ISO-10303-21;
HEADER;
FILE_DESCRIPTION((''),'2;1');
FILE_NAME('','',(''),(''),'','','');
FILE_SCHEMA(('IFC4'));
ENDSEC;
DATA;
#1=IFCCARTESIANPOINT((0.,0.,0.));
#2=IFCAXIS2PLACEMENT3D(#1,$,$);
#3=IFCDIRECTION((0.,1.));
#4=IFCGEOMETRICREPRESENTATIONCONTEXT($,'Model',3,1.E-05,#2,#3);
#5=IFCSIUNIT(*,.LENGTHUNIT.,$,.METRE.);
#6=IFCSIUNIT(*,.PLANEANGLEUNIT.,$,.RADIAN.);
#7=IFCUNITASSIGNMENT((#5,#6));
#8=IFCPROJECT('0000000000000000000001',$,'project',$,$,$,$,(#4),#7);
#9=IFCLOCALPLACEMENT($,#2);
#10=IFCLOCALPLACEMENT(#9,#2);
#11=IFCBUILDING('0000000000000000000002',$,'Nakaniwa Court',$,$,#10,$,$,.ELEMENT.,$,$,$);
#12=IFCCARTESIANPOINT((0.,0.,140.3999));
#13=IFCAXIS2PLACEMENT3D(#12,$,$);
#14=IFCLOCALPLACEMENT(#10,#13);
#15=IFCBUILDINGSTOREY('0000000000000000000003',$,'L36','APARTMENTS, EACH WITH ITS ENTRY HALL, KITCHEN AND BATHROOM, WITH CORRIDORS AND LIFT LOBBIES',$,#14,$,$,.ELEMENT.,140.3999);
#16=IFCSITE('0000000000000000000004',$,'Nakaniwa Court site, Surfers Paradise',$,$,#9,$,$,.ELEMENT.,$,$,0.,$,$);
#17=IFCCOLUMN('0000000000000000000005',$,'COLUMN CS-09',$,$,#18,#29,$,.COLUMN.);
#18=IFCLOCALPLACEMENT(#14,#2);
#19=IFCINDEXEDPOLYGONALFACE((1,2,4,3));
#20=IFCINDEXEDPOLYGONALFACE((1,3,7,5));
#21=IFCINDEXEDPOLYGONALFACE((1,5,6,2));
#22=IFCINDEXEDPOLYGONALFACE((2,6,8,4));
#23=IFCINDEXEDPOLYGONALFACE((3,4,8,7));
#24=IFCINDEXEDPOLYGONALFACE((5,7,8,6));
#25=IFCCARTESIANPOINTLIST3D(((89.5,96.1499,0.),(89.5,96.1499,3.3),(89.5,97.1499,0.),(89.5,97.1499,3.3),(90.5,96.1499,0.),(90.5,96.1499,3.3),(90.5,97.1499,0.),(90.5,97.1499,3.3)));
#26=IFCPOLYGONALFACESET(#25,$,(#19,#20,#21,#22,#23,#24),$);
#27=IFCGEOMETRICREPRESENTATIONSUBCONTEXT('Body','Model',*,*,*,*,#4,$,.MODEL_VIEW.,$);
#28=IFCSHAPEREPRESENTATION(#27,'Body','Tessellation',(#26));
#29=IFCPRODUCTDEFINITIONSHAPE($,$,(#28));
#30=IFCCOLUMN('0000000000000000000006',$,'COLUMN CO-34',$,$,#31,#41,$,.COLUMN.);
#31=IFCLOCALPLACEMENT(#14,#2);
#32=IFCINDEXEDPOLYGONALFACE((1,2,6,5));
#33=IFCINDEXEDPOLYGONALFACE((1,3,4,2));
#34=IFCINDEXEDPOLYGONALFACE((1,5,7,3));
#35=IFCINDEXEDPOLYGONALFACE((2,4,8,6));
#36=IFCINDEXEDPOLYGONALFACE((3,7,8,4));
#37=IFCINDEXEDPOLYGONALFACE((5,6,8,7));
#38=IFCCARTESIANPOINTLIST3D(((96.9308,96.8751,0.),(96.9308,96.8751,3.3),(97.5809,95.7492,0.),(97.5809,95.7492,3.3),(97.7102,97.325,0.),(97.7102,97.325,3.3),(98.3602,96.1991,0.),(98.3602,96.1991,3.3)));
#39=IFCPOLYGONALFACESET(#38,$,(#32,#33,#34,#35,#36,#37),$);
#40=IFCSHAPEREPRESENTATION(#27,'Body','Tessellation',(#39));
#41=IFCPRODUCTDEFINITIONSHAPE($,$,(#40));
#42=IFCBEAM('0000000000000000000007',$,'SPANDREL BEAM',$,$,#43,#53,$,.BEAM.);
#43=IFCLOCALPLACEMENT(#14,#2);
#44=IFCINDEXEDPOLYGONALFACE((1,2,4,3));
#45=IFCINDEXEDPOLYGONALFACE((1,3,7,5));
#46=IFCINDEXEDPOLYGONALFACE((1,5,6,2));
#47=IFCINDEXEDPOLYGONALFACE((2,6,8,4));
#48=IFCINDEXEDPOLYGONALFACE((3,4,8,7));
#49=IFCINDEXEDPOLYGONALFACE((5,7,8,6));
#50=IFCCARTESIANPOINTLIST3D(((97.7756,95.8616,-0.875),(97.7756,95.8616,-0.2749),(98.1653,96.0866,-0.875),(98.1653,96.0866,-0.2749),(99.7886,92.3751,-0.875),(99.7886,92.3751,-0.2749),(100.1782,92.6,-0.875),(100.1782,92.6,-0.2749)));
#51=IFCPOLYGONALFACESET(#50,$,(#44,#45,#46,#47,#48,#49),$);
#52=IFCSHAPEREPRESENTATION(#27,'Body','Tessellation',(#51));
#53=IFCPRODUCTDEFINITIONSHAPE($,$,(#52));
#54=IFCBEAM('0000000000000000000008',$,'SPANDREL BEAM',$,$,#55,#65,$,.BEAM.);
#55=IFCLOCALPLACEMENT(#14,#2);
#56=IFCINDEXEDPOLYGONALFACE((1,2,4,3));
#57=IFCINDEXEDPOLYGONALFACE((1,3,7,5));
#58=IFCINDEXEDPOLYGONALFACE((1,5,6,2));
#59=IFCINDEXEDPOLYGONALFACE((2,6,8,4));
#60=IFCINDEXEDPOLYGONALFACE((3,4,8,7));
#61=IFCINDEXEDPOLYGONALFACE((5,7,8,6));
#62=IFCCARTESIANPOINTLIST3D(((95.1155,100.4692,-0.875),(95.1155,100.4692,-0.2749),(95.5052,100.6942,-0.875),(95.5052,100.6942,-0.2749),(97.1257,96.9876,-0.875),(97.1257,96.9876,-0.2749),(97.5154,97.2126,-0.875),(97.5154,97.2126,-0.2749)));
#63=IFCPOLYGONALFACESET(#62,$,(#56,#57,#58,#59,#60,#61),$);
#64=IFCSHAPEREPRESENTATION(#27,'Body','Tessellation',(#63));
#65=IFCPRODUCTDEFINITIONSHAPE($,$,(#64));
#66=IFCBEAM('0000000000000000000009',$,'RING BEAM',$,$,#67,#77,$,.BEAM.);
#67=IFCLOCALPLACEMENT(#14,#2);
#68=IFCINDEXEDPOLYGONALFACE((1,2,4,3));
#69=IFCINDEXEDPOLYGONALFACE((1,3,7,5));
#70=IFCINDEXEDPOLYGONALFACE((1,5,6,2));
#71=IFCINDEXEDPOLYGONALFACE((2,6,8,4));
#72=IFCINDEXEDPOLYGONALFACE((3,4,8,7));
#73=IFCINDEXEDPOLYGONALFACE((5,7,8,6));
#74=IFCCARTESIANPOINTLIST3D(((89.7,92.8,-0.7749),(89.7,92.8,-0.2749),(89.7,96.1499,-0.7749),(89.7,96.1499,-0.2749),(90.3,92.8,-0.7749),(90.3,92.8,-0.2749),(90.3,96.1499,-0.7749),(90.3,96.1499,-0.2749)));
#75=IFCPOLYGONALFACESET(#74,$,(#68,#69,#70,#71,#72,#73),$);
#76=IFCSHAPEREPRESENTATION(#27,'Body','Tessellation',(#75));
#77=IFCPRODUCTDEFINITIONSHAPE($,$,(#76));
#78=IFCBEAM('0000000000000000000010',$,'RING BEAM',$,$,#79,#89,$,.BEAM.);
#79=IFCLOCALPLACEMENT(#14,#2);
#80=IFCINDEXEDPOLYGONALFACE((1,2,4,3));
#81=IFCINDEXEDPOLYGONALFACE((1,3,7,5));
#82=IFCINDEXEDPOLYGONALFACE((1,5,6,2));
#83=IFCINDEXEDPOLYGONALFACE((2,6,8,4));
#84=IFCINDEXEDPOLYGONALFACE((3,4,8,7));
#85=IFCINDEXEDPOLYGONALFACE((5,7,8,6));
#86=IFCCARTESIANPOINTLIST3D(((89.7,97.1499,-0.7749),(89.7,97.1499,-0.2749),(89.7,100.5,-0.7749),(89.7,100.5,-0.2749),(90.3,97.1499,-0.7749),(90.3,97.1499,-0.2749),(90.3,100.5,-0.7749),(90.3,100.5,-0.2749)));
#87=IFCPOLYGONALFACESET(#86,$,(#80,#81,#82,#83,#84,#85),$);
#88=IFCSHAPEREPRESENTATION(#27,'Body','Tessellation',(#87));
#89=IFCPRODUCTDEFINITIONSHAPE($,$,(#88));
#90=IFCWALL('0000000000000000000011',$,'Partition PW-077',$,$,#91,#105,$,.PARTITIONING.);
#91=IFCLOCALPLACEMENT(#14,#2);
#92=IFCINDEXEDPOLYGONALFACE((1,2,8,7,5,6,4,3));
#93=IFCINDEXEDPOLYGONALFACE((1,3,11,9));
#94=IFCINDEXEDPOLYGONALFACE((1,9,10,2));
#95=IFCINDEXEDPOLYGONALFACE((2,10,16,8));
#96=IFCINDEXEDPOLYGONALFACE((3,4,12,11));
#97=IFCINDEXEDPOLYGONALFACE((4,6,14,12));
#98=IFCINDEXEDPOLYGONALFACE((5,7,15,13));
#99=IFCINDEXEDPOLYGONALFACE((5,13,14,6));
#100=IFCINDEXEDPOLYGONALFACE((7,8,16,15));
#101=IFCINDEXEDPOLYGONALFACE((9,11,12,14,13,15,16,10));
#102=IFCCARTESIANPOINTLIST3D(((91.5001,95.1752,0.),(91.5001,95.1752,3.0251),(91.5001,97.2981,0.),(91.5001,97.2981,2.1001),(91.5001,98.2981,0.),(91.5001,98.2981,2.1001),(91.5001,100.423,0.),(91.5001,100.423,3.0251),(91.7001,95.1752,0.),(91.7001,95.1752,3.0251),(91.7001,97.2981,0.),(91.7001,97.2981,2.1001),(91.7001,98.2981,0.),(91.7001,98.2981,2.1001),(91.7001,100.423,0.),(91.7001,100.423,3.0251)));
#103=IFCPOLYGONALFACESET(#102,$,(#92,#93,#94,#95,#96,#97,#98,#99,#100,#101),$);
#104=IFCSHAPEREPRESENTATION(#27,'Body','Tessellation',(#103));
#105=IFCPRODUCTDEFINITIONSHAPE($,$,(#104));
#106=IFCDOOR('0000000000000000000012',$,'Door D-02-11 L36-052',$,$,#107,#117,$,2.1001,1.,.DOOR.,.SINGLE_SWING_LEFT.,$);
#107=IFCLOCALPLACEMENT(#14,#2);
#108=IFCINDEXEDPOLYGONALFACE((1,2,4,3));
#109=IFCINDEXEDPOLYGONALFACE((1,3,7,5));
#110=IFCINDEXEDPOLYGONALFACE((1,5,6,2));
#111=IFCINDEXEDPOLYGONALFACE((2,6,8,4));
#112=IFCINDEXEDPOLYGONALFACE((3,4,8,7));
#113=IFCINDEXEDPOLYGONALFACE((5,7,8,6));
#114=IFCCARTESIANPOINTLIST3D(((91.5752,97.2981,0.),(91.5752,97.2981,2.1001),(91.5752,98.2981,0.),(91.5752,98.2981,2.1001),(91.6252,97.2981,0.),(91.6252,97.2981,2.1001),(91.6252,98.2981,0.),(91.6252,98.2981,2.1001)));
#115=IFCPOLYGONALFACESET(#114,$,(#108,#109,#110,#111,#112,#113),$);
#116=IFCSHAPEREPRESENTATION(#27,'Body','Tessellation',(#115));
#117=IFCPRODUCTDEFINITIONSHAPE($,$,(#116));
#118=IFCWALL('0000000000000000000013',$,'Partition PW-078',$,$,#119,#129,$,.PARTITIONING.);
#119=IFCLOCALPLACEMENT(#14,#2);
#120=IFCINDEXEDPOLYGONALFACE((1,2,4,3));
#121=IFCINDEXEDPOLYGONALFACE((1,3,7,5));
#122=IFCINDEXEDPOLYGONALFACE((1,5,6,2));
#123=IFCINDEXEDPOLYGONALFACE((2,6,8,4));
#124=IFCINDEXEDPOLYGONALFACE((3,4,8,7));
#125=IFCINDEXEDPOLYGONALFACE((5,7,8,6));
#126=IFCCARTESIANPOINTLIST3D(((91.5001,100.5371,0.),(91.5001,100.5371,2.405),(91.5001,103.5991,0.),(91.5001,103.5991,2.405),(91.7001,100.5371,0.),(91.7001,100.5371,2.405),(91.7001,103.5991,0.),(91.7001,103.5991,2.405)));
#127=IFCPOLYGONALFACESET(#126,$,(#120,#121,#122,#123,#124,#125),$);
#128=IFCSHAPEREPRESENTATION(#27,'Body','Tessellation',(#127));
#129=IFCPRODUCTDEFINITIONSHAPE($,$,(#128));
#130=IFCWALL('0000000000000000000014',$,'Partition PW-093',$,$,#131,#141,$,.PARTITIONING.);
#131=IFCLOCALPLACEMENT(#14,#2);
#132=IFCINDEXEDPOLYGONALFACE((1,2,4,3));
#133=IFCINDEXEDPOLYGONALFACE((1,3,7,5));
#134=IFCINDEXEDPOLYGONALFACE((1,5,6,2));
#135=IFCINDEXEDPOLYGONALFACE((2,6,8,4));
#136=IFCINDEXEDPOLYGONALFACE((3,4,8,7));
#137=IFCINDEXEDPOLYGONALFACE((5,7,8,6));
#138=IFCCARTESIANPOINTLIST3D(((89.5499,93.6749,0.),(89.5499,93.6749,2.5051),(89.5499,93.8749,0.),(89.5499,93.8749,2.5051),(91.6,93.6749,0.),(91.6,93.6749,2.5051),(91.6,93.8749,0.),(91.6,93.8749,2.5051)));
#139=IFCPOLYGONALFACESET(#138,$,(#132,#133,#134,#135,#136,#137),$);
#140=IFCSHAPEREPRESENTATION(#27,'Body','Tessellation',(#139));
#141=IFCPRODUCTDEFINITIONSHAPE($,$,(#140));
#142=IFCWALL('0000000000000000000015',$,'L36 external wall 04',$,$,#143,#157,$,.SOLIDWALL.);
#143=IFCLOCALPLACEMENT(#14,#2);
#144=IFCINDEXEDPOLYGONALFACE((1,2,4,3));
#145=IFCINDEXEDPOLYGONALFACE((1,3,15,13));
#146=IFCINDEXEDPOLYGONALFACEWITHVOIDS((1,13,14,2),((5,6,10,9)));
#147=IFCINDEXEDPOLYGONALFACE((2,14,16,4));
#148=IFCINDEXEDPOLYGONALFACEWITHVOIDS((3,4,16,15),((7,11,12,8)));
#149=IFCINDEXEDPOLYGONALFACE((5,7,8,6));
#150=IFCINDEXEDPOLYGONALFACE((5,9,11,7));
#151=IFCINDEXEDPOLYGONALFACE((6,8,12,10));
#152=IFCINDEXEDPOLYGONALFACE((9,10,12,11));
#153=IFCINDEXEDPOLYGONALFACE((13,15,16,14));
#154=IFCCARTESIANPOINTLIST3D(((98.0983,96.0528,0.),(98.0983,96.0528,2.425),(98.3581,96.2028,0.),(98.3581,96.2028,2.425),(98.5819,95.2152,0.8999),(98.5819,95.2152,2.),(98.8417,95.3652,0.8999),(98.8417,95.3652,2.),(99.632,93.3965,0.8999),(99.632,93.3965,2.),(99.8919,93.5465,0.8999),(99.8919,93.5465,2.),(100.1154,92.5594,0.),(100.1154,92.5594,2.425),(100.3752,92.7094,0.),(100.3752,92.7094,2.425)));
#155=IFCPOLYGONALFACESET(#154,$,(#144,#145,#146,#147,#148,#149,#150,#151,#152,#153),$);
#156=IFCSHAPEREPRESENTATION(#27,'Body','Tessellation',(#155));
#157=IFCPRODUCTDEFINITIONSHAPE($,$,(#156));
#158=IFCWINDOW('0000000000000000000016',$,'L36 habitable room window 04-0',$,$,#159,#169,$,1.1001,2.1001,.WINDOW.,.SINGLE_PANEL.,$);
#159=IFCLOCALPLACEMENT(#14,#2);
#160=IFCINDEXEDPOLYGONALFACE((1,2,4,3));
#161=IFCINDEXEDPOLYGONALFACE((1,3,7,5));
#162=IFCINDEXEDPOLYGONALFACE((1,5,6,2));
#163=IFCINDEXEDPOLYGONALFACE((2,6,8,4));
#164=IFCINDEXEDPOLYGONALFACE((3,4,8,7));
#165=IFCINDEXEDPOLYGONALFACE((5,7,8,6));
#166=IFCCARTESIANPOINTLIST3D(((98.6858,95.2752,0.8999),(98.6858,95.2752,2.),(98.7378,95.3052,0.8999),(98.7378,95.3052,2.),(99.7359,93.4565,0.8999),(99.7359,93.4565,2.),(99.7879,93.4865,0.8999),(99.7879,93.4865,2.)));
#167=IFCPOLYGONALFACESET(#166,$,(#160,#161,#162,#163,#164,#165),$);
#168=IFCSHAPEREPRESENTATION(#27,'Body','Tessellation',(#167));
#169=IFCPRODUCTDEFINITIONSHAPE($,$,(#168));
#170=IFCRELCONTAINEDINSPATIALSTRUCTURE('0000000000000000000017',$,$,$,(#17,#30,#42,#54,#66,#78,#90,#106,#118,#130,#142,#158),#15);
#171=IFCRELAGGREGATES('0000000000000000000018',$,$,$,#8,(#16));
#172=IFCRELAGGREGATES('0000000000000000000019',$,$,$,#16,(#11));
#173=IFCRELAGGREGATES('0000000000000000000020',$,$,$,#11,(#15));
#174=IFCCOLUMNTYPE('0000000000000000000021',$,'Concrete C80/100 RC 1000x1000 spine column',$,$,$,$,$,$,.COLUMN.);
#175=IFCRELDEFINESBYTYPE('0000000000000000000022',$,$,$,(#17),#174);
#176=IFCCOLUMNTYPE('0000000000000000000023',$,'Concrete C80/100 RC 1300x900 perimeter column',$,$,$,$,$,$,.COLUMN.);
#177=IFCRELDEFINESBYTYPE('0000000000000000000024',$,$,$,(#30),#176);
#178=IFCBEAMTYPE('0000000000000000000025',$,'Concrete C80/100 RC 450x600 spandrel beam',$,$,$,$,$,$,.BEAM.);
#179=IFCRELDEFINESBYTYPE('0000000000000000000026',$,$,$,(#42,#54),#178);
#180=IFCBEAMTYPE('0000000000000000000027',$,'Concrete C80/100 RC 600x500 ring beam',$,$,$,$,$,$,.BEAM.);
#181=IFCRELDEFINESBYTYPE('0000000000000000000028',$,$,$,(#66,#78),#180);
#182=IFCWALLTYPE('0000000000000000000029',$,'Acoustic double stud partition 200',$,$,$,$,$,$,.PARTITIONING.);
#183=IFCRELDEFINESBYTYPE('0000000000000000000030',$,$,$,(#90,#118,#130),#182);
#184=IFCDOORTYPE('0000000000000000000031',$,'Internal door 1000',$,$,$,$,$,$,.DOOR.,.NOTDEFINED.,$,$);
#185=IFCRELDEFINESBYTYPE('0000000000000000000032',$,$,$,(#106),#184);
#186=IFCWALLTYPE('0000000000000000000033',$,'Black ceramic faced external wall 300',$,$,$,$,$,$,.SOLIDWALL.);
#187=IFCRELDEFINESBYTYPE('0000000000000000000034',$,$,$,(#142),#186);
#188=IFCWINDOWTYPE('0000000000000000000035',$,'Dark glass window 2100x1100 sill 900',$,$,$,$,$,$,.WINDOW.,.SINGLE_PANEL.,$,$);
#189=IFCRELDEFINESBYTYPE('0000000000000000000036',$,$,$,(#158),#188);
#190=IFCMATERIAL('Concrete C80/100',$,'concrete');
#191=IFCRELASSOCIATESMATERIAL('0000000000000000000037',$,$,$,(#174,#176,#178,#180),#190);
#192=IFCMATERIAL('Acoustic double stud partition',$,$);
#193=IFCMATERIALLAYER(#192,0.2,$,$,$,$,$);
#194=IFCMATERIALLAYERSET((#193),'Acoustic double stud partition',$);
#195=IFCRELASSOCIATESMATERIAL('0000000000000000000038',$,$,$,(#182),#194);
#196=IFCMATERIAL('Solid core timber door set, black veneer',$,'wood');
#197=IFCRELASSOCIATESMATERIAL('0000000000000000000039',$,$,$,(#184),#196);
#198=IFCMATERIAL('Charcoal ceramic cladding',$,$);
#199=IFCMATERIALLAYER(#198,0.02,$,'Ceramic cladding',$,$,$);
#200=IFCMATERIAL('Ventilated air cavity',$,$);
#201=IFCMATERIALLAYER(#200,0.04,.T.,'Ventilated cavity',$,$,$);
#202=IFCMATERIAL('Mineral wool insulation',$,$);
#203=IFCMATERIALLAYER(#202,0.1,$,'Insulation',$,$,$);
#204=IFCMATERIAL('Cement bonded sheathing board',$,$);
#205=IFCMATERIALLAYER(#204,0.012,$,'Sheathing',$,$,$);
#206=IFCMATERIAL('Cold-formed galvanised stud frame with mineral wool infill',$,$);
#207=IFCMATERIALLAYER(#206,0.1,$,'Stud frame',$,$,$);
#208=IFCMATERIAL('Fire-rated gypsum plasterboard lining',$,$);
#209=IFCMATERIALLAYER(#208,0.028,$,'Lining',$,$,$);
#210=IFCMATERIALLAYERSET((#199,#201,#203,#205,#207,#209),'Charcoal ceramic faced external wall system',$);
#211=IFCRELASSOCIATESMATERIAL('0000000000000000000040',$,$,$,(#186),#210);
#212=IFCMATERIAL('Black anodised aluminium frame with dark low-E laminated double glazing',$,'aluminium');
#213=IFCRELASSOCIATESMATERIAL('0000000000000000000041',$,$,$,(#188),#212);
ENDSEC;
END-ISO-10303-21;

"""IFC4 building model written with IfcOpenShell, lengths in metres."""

from ifc_helpers import new_model, si_unit, direction, frame, frame_2d, origin, origin_2d, place, context, subcontext, project, spatial, rectangle, extrude, material, layer, layer_set, material_profile, profile_set, type_object, element, fill, save


model = new_model("IFC4")

# Units and contexts
model_context = context("Model", 3, precision=1e-05, world=origin(), true_north=direction((0.0, 1.0)))
body_context = subcontext(model_context, "Body", "Model", "MODEL_VIEW")
ifc_project = project(units=[si_unit("LENGTHUNIT", "METRE"), si_unit("PLANEANGLEUNIT", "RADIAN")], contexts=[model_context])

# Site, building, storey
site_placement = place(None, origin())
site = spatial("IfcSite", under=ifc_project, at=site_placement, Name="Nakaniwa Court site, Surfers Paradise", CompositionType="ELEMENT", RefElevation=0.0)
building_placement = place(site_placement, origin())
building = spatial("IfcBuilding", under=site, at=building_placement, Name="Nakaniwa Court", CompositionType="ELEMENT")
storey_placement = place(building_placement, frame((0.0, 0.0, 140.3999)))
storey = spatial("IfcBuildingStorey", under=building, at=storey_placement, Name="L36", Description="APARTMENTS, EACH WITH ITS ENTRY HALL, KITCHEN AND BATHROOM, WITH CORRIDORS AND LIFT LOBBIES", CompositionType="ELEMENT", Elevation=140.3999)

# Columns
ifc_material_1 = material(Name="Concrete C80/100", Category="concrete")
ifc_material_profile_1 = material_profile(ifc_material_1, rectangle(XDim=1.0, YDim=1.0, at=origin_2d()), Name="Concrete C80/100 RC 1000x1000 spine column")
ifc_profile_set_1 = profile_set([ifc_material_profile_1], Name="Concrete C80/100")
column_type_1 = type_object("IfcColumnType", Name="Concrete C80/100 RC 1000x1000 spine column", PredefinedType="COLUMN", material=ifc_profile_set_1)
column_1_placement = place(storey_placement, frame((90.0, 96.6499, 0.0), z_axis=(0.0, 0.0, 1.0), x_axis=(0.0, 1.0, 0.0)))
element("IfcColumn", 1, at=column_1_placement, inside=storey, type_object=column_type_1, Name="COLUMN CS-09", PredefinedType="COLUMN", context=body_context, shape_type="SweptSolid", body=[
    extrude(rectangle(XDim=1.0, YDim=1.0, at=origin_2d()), origin(), (0.0, 0.0, 1.0), 3.3),
])
ifc_material_profile_2 = material_profile(ifc_material_1, rectangle(XDim=1.3, YDim=0.8999, at=origin_2d()), Name="Concrete C80/100 RC 1300x900 perimeter column")
ifc_profile_set_2 = profile_set([ifc_material_profile_2], Name="Concrete C80/100")
column_type_2 = type_object("IfcColumnType", Name="Concrete C80/100 RC 1300x900 perimeter column", PredefinedType="COLUMN", material=ifc_profile_set_2)
column_2_placement = place(storey_placement, frame((97.6455, 96.5371, 0.0), z_axis=(0.0, 0.0, 1.0), x_axis=(-0.5, 0.866025, 0.0)))
element("IfcColumn", 2, at=column_2_placement, inside=storey, type_object=column_type_2, Name="COLUMN CO-34", PredefinedType="COLUMN", context=body_context, shape_type="SweptSolid", body=[
    extrude(rectangle(XDim=1.3, YDim=0.8999, at=origin_2d()), origin(), (0.0, 0.0, 1.0), 3.3),
])

# Beams
ifc_material_profile_3 = material_profile(ifc_material_1, rectangle(XDim=0.45, YDim=0.6001, at=origin_2d()), Name="Concrete C80/100 RC 450x600 spandrel beam")
ifc_profile_set_3 = profile_set([ifc_material_profile_3], Name="Concrete C80/100")
beam_type_1 = type_object("IfcBeamType", Name="Concrete C80/100 RC 450x600 spandrel beam", PredefinedType="BEAM", material=ifc_profile_set_3)
beam_1_placement = place(storey_placement, frame((99.9834, 92.4875, -0.575), z_axis=(-0.499994, 0.866029, 0.0), x_axis=(-0.866029, -0.499994, 0.0)))
element("IfcBeam", 3, at=beam_1_placement, inside=storey, type_object=beam_type_1, Name="SPANDREL BEAM", PredefinedType="BEAM", context=body_context, shape_type="SweptSolid", body=[
    extrude(rectangle(XDim=0.45, YDim=0.6001, at=origin_2d()), origin(), (0.0, 0.0, 1.0), 4.0259),
])
beam_2_placement = place(storey_placement, frame((97.3206, 97.1001, -0.575), z_axis=(-0.500019, 0.866015, 0.0), x_axis=(-0.866015, -0.500019, 0.0)))
element("IfcBeam", 4, at=beam_2_placement, inside=storey, type_object=beam_type_1, Name="SPANDREL BEAM", PredefinedType="BEAM", context=body_context, shape_type="SweptSolid", body=[
    extrude(rectangle(XDim=0.45, YDim=0.6001, at=origin_2d()), origin(), (0.0, 0.0, 1.0), 4.0203),
])
ifc_material_profile_4 = material_profile(ifc_material_1, rectangle(XDim=0.6001, YDim=0.5, at=origin_2d()), Name="Concrete C80/100 RC 600x500 ring beam")
ifc_profile_set_4 = profile_set([ifc_material_profile_4], Name="Concrete C80/100")
beam_type_2 = type_object("IfcBeamType", Name="Concrete C80/100 RC 600x500 ring beam", PredefinedType="BEAM", material=ifc_profile_set_4)
beam_3_placement = place(storey_placement, frame((90.0, 92.8, -0.5249), z_axis=(0.0, 1.0, 0.0), x_axis=(-1.0, 0.0, 0.0)))
element("IfcBeam", 5, at=beam_3_placement, inside=storey, type_object=beam_type_2, Name="RING BEAM", PredefinedType="BEAM", context=body_context, shape_type="SweptSolid", body=[
    extrude(rectangle(XDim=0.6001, YDim=0.5, at=origin_2d()), origin(), (0.0, 0.0, 1.0), 3.3499),
])
beam_4_placement = place(storey_placement, frame((90.0, 97.1499, -0.5249), z_axis=(0.0, 1.0, 0.0), x_axis=(-1.0, 0.0, 0.0)))
element("IfcBeam", 6, at=beam_4_placement, inside=storey, type_object=beam_type_2, Name="RING BEAM", PredefinedType="BEAM", context=body_context, shape_type="SweptSolid", body=[
    extrude(rectangle(XDim=0.6001, YDim=0.5, at=origin_2d()), origin(), (0.0, 0.0, 1.0), 3.3501),
])

# Wall, opening, door
ifc_material_2 = material(Name="Acoustic double stud partition")
ifc_layer_1 = layer(ifc_material_2, 0.2)
ifc_layer_set_1 = layer_set([ifc_layer_1], Name="Acoustic double stud partition")
wall_type_1 = type_object("IfcWallType", Name="Acoustic double stud partition 200", PredefinedType="PARTITIONING", material=ifc_layer_set_1)
wall_1_placement = place(storey_placement, frame((91.6001, 95.175, 0.0), z_axis=(0.0, 0.0, 1.0), x_axis=(0.0, 1.0, 0.0)))
wall_1 = element("IfcWall", 7, at=wall_1_placement, inside=storey, type_object=wall_type_1, Name="Partition PW-077", PredefinedType="PARTITIONING", context=body_context, shape_type="SweptSolid", body=[
    extrude(rectangle(XDim=5.2478, YDim=0.2, at=frame_2d((2.624, 0.0))), origin(), (0.0, 0.0, 1.0), 3.0251),
])
opening_1_placement = place(wall_1_placement, frame((2.123, 0.0, 0.0)))
opening_1 = element("IfcOpeningElement", 8, at=opening_1_placement, cuts=wall_1, PredefinedType="OPENING", context=body_context, shape_type="SweptSolid", body=[
    extrude(rectangle(XDim=1.0, YDim=2.1001, at=frame_2d((0.5, 1.05))), frame((0.0, 0.1099, 0.0), z_axis=(0.0, -1.0, 0.0), x_axis=(1.0, 0.0, 0.0)), (0.0, 0.0, 1.0), 0.22),
])
ifc_material_3 = material(Name="Solid core timber door set, black veneer", Category="wood")
door_type = type_object("IfcDoorType", Name="Internal door 1000", OperationType="NOTDEFINED", PredefinedType="DOOR", material=ifc_material_3)
door_placement = place(opening_1_placement, origin())
door = element("IfcDoor", 9, at=door_placement, inside=storey, type_object=door_type, Name="Door D-02-11 L36-052", OperationType="SINGLE_SWING_LEFT", OverallHeight=2.1001, OverallWidth=1.0, PredefinedType="DOOR", context=body_context, shape_type="SweptSolid", body=[
    extrude(rectangle(XDim=1.0, YDim=2.1001, at=frame_2d((0.5, 1.05))), frame((0.0, 0.0249, 0.0), z_axis=(0.0, -1.0, 0.0), x_axis=(1.0, 0.0, 0.0)), (0.0, 0.0, 1.0), 0.05),
])
fill(opening_1, door)

# Walls
wall_2_placement = place(storey_placement, frame((91.6001, 100.5371, 0.0), z_axis=(0.0, 0.0, 1.0), x_axis=(0.0, 1.0, 0.0)))
element("IfcWall", 10, at=wall_2_placement, inside=storey, type_object=wall_type_1, Name="Partition PW-078", PredefinedType="PARTITIONING", context=body_context, shape_type="SweptSolid", body=[
    extrude(rectangle(XDim=3.062, YDim=0.2, at=frame_2d((1.531, 0.0))), origin(), (0.0, 0.0, 1.0), 2.405),
])
wall_3_placement = place(storey_placement, frame((89.55, 93.7749, 0.0), z_axis=(0.0, 0.0, 1.0), x_axis=(1.0, 0.0, 0.0)))
element("IfcWall", 11, at=wall_3_placement, inside=storey, type_object=wall_type_1, Name="Partition PW-093", PredefinedType="PARTITIONING", context=body_context, shape_type="SweptSolid", body=[
    extrude(rectangle(XDim=2.05, YDim=0.2, at=frame_2d((1.0249, 0.0))), origin(), (0.0, 0.0, 1.0), 2.5051),
])

# Wall, opening, window
ifc_material_4 = material(Name="Charcoal ceramic cladding")
ifc_layer_2 = layer(ifc_material_4, 0.02, Name="Ceramic cladding")
ifc_material_5 = material(Name="Ventilated air cavity")
ifc_layer_3 = layer(ifc_material_5, 0.04, ventilated=True, Name="Ventilated cavity")
ifc_material_6 = material(Name="Mineral wool insulation")
ifc_layer_4 = layer(ifc_material_6, 0.1, Name="Insulation")
ifc_material_7 = material(Name="Cement bonded sheathing board")
ifc_layer_5 = layer(ifc_material_7, 0.012, Name="Sheathing")
ifc_material_8 = material(Name="Cold-formed galvanised stud frame with mineral wool infill")
ifc_layer_6 = layer(ifc_material_8, 0.1, Name="Stud frame")
ifc_material_9 = material(Name="Fire-rated gypsum plasterboard lining")
ifc_layer_7 = layer(ifc_material_9, 0.028, Name="Lining")
ifc_layer_set_2 = layer_set([ifc_layer_2, ifc_layer_3, ifc_layer_4, ifc_layer_5, ifc_layer_6, ifc_layer_7], Name="Charcoal ceramic faced external wall system")
wall_type_2 = type_object("IfcWallType", Name="Black ceramic faced external wall 300", PredefinedType="SOLIDWALL", material=ifc_layer_set_2)
wall_4_placement = place(storey_placement, frame((100.2454, 92.6343, 0.0), z_axis=(0.0, 0.0, 1.0), x_axis=(-0.500032, 0.866007, 0.0)))
wall_4 = element("IfcWall", 12, at=wall_4_placement, inside=storey, type_object=wall_type_2, Name="L36 external wall 04", PredefinedType="SOLIDWALL", context=body_context, shape_type="SweptSolid", body=[
    extrude(rectangle(XDim=4.0339, YDim=0.3, at=frame_2d((2.0171, 0.0))), origin(), (0.0, 0.0, 1.0), 2.425),
])
opening_2_placement = place(wall_4_placement, frame((0.9668, 0.0, 0.8999)))
opening_2 = element("IfcOpeningElement", 13, at=opening_2_placement, cuts=wall_4, PredefinedType="OPENING", context=body_context, shape_type="SweptSolid", body=[
    extrude(rectangle(XDim=2.1001, YDim=1.1001, at=frame_2d((1.05, 0.55))), frame((0.0, 0.1599, 0.0), z_axis=(0.0, -1.0, 0.0), x_axis=(1.0, 0.0, 0.0)), (0.0, 0.0, 1.0), 0.3201),
])
ifc_material_10 = material(Name="Black anodised aluminium frame with dark low-E laminated double glazing", Category="aluminium")
window_type = type_object("IfcWindowType", Name="Dark glass window 2100x1100 sill 900", PartitioningType="SINGLE_PANEL", PredefinedType="WINDOW", material=ifc_material_10)
window_1_placement = place(opening_2_placement, origin())
window_1 = element("IfcWindow", 14, at=window_1_placement, inside=storey, type_object=window_type, Name="L36 habitable room window 04-0", OverallHeight=1.1001, OverallWidth=2.1001, PartitioningType="SINGLE_PANEL", PredefinedType="WINDOW", context=body_context, shape_type="SweptSolid", body=[
    extrude(rectangle(XDim=2.1001, YDim=1.1001, at=frame_2d((1.05, 0.55))), frame((0.0, 0.03, 0.0), z_axis=(0.0, -1.0, 0.0), x_axis=(1.0, 0.0, 0.0)), (0.0, 0.0, 1.0), 0.0601),
])
fill(opening_2, window_1)

save(model, "model.ifc")
